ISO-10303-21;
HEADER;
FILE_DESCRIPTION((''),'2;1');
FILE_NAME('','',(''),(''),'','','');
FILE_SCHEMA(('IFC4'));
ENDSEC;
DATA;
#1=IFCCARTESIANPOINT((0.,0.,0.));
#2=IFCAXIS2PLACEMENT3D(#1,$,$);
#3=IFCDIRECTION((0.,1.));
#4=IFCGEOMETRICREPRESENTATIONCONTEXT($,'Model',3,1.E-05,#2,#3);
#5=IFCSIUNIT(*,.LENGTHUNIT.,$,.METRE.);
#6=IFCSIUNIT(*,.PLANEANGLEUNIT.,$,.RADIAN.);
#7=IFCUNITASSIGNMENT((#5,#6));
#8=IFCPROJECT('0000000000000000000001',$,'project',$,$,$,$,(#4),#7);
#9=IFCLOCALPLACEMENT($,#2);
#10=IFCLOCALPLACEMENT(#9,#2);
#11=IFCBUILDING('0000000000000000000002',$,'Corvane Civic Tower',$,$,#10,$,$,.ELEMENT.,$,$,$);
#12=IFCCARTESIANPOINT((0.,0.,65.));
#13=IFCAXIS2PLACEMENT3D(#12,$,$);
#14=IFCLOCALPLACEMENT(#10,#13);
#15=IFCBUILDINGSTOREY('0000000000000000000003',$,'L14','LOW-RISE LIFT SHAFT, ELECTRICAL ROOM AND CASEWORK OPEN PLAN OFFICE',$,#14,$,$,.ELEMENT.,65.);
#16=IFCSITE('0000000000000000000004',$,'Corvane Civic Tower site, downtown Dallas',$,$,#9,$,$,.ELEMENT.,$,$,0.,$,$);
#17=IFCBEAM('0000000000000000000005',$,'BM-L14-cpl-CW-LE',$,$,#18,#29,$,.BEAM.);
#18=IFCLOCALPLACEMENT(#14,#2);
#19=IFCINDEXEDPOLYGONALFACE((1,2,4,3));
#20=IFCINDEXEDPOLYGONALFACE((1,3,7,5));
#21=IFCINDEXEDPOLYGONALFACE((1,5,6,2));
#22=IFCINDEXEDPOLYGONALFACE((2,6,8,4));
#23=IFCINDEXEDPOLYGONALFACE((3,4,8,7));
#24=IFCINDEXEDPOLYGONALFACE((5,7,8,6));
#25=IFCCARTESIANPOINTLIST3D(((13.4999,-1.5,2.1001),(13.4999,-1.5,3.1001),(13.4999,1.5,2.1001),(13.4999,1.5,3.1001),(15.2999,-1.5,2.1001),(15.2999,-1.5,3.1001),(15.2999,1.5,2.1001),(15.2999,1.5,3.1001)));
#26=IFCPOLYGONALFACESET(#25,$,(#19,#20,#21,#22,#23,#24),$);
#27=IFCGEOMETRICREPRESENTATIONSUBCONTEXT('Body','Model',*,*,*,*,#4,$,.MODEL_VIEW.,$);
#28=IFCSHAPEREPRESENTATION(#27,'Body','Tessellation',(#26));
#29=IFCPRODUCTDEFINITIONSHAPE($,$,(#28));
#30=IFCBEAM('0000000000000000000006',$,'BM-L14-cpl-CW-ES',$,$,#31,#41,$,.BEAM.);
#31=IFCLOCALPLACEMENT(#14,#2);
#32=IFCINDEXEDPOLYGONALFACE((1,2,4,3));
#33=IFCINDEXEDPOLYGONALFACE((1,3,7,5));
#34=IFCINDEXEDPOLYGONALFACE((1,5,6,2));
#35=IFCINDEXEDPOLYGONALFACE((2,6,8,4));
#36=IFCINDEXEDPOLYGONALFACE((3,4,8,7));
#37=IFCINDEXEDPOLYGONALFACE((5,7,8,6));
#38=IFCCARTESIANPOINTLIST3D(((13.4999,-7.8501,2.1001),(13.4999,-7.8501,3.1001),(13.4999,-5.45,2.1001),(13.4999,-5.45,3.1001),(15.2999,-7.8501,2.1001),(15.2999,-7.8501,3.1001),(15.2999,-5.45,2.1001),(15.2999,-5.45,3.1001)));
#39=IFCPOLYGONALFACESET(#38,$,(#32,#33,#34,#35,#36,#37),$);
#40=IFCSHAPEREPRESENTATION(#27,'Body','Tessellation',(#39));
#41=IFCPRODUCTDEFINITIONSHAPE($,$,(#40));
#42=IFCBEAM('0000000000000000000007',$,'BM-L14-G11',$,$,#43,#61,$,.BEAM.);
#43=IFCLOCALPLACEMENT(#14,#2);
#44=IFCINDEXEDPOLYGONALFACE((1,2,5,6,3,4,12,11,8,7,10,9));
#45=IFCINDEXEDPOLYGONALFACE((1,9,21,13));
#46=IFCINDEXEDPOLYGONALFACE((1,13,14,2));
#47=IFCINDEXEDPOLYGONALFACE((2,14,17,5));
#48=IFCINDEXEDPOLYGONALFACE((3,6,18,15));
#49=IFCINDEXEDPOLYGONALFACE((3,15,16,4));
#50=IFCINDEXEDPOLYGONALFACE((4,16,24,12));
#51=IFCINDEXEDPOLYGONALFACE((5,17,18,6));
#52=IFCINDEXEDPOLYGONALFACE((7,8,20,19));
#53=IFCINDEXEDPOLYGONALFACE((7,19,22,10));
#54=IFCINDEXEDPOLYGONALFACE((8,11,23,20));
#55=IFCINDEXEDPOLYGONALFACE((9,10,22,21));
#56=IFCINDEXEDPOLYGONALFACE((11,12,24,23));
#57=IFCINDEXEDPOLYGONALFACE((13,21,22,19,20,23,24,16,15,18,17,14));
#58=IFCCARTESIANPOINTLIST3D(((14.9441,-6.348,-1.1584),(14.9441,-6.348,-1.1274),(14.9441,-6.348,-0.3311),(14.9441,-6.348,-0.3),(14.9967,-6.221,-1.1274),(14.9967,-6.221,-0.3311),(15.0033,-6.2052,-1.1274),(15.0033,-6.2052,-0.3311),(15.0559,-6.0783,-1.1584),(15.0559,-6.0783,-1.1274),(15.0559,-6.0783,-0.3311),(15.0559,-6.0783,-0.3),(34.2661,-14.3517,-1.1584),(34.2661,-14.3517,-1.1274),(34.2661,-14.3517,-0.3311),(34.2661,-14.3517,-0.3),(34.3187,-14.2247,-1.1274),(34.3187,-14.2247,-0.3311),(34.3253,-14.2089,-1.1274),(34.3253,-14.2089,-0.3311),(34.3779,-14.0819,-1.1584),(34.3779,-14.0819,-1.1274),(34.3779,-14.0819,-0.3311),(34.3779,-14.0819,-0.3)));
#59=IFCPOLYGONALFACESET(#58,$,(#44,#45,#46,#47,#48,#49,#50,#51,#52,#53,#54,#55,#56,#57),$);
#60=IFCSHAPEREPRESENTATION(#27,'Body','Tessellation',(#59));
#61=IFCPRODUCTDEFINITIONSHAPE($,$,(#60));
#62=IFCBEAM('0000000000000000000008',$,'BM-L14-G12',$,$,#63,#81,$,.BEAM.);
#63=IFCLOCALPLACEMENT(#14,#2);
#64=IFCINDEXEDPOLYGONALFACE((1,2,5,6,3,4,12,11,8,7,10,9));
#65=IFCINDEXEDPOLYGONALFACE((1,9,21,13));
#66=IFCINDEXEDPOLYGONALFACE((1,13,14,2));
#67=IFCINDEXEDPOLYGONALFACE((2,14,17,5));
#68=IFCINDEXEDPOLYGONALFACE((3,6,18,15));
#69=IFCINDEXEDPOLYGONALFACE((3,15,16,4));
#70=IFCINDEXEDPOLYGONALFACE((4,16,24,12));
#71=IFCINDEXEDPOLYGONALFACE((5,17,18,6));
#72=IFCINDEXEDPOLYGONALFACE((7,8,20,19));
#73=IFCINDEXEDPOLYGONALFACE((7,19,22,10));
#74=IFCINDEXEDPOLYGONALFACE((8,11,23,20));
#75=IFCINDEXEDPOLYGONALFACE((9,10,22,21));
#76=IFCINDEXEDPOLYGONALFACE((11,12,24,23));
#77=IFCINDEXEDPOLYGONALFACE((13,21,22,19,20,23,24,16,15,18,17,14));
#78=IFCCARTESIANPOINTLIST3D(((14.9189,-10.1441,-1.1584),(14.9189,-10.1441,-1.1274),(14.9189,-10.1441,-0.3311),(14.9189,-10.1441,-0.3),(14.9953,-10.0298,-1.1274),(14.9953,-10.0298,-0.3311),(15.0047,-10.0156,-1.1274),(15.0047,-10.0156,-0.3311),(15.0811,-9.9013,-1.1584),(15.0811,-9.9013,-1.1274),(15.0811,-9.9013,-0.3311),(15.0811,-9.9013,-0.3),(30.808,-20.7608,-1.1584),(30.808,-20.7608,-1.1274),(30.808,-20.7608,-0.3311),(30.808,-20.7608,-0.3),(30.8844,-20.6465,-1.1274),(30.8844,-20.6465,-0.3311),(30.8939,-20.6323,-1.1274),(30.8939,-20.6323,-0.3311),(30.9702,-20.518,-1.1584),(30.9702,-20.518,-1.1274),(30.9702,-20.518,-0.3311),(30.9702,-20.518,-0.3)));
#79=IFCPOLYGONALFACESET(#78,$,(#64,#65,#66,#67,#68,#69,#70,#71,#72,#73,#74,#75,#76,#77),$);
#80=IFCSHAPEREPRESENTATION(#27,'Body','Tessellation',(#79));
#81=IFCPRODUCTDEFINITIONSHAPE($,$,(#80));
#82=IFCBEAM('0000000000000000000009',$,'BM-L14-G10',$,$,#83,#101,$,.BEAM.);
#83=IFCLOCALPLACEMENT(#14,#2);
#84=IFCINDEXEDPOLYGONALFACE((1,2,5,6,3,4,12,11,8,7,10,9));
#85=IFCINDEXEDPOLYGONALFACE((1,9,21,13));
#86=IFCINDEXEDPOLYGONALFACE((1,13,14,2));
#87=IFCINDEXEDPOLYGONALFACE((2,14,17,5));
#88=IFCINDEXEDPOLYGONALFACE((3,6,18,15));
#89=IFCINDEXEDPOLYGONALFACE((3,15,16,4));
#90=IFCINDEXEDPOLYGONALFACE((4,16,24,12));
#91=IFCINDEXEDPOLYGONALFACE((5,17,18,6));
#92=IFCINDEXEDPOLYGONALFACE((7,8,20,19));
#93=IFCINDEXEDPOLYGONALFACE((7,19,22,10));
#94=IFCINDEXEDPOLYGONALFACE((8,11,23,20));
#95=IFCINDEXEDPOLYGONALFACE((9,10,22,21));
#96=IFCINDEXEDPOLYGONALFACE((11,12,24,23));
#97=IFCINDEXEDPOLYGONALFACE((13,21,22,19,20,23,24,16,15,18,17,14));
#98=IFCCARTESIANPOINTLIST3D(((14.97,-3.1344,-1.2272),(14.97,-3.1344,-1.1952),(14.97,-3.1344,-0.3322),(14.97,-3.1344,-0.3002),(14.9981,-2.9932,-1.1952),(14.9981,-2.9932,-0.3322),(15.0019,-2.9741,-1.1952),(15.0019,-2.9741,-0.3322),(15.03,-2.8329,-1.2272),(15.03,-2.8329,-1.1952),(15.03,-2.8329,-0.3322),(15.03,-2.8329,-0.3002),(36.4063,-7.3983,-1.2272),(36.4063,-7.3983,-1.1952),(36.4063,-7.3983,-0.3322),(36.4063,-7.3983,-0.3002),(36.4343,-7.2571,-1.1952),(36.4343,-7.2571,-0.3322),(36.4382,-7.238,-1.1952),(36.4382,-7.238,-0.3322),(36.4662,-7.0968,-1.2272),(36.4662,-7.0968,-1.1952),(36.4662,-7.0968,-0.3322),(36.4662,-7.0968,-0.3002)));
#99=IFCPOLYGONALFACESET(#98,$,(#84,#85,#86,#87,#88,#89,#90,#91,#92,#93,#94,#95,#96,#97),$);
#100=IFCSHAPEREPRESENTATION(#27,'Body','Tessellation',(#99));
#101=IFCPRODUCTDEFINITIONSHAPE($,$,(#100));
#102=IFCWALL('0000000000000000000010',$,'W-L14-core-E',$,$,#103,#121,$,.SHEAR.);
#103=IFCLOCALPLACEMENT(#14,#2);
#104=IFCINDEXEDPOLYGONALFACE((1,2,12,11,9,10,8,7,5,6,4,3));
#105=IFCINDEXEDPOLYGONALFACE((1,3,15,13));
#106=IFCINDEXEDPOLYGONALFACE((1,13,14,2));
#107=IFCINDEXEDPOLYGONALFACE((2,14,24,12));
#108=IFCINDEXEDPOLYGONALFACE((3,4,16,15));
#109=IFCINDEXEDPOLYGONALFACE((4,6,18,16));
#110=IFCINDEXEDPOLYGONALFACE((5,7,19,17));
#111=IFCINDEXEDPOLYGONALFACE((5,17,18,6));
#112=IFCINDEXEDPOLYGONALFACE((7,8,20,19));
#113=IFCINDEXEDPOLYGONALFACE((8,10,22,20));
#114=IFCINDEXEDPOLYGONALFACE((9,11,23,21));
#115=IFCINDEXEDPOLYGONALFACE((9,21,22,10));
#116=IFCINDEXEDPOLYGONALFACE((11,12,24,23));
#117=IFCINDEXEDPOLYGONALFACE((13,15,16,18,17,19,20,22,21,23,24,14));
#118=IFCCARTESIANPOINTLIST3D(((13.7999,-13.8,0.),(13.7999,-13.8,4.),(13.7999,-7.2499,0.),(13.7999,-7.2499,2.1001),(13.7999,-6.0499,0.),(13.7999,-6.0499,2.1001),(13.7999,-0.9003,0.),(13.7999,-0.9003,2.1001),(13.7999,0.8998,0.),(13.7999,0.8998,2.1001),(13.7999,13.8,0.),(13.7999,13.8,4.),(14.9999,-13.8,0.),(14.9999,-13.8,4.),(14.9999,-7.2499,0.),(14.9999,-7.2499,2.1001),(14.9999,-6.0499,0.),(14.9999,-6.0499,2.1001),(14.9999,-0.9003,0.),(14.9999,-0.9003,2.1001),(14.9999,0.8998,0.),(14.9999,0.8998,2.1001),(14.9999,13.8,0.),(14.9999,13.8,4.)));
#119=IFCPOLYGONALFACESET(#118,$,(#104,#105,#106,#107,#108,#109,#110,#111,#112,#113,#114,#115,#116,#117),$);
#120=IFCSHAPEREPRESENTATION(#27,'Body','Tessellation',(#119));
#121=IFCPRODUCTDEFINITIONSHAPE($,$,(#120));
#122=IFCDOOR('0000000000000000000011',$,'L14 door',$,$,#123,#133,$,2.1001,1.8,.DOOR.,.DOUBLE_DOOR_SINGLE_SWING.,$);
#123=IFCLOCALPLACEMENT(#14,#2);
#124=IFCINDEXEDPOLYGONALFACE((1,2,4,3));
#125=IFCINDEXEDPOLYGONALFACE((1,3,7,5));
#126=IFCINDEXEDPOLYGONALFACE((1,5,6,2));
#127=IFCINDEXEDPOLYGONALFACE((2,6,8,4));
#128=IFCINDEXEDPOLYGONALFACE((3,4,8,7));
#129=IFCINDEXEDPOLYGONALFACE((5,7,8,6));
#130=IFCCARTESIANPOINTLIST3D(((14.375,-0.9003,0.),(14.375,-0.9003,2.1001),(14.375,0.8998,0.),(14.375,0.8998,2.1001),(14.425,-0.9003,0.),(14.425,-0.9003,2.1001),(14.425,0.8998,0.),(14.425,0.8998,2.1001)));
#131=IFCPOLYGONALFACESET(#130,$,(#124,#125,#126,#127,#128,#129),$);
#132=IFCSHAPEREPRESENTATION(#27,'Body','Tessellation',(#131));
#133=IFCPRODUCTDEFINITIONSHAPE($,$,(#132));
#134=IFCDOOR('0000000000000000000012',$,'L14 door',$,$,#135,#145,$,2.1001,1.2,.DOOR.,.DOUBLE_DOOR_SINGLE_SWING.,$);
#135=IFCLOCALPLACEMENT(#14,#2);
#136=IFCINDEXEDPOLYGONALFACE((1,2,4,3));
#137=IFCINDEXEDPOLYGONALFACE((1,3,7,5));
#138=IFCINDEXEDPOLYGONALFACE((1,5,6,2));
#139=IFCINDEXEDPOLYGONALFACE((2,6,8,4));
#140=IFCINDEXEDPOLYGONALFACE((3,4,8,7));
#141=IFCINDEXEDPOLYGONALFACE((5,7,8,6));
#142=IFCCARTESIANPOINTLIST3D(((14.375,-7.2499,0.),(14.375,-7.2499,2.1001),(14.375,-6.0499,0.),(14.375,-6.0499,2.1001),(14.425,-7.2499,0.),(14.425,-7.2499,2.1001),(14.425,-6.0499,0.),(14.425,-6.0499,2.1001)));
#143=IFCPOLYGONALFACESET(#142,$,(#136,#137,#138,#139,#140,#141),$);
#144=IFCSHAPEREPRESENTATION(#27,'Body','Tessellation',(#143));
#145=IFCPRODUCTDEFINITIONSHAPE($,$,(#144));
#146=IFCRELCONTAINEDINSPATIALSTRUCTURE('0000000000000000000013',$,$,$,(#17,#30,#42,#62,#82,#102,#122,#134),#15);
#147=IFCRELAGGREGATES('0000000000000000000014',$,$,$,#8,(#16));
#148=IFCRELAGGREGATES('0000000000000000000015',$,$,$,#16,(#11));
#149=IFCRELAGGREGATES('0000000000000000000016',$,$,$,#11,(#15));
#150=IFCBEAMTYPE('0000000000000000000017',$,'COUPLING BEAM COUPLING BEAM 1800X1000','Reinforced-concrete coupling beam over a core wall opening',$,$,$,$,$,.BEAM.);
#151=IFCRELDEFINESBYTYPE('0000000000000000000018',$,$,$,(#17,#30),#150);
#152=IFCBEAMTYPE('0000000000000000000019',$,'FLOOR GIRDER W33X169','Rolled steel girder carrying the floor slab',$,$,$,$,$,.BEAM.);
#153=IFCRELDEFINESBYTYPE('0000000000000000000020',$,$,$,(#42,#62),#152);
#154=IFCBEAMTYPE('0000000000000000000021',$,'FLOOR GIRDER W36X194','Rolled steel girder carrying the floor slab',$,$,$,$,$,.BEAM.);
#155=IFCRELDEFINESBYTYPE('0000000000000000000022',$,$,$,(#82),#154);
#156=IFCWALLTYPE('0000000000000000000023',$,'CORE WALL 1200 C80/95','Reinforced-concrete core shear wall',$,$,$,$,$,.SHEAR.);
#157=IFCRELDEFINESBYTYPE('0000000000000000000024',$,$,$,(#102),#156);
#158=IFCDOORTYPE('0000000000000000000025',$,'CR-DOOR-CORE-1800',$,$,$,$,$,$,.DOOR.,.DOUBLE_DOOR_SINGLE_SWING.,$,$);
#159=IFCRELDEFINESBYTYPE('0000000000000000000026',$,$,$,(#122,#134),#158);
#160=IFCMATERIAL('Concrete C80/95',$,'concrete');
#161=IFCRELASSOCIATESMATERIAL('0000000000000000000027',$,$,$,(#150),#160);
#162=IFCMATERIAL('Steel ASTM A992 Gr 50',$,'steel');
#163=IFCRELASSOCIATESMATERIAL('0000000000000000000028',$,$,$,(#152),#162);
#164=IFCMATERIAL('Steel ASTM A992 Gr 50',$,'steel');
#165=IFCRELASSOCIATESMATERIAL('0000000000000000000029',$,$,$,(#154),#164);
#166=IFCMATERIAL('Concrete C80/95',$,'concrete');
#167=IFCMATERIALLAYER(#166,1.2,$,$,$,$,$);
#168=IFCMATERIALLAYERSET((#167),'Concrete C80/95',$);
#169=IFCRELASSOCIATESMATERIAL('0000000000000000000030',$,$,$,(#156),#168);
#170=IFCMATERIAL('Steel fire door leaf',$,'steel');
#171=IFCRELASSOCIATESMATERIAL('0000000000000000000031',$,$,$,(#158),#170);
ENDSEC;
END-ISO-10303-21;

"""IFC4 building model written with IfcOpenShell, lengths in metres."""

from ifc_helpers import new_model, si_unit, direction, frame, frame_2d, origin, origin_2d, place, context, subcontext, project, spatial, rectangle, i_section, extrude, material, layer, layer_set, material_profile, profile_set, type_object, element, fill, save


model = new_model("IFC4")

# Units and contexts
model_context = context("Model", 3, precision=1e-05, world=origin(), true_north=direction((0.0, 1.0)))
body_context = subcontext(model_context, "Body", "Model", "MODEL_VIEW")
ifc_project = project(units=[si_unit("LENGTHUNIT", "METRE"), si_unit("PLANEANGLEUNIT", "RADIAN")], contexts=[model_context])

# Site, building, storey
site_placement = place(None, origin())
site = spatial("IfcSite", under=ifc_project, at=site_placement, Name="Corvane Civic Tower site, downtown Dallas", CompositionType="ELEMENT", RefElevation=0.0)
building_placement = place(site_placement, origin())
building = spatial("IfcBuilding", under=site, at=building_placement, Name="Corvane Civic Tower", CompositionType="ELEMENT")
storey_placement = place(building_placement, frame((0.0, 0.0, 65.0)))
storey = spatial("IfcBuildingStorey", under=building, at=storey_placement, Name="L14", Description="LOW-RISE LIFT SHAFT, ELECTRICAL ROOM AND CASEWORK OPEN PLAN OFFICE", CompositionType="ELEMENT", Elevation=65.0)

# Beams
ifc_material_1 = material(Name="Concrete C80/95", Category="concrete")
ifc_material_profile_1 = material_profile(ifc_material_1, rectangle(XDim=1.8, YDim=1.0, at=origin_2d()), Name="COUPLING BEAM 1800X1000")
ifc_profile_set_1 = profile_set([ifc_material_profile_1], Name="Concrete C80/95")
beam_type_1 = type_object("IfcBeamType", Name="COUPLING BEAM COUPLING BEAM 1800X1000", Description="Reinforced-concrete coupling beam over a core wall opening", PredefinedType="BEAM", material=ifc_profile_set_1)
beam_1_placement = place(storey_placement, frame((14.3999, -1.5, 2.6001), z_axis=(0.0, 1.0, 0.0), x_axis=(-1.0, 0.0, 0.0)))
element("IfcBeam", 1, at=beam_1_placement, inside=storey, type_object=beam_type_1, Name="BM-L14-cpl-CW-LE", PredefinedType="BEAM", context=body_context, shape_type="SweptSolid", body=[
    extrude(rectangle(XDim=1.8, YDim=1.0, at=origin_2d()), origin(), (0.0, 0.0, 1.0), 3.0),
])
beam_2_placement = place(storey_placement, frame((14.3999, -7.8501, 2.6001), z_axis=(0.0, 1.0, 0.0), x_axis=(-1.0, 0.0, 0.0)))
element("IfcBeam", 2, at=beam_2_placement, inside=storey, type_object=beam_type_1, Name="BM-L14-cpl-CW-ES", PredefinedType="BEAM", context=body_context, shape_type="SweptSolid", body=[
    extrude(rectangle(XDim=1.8, YDim=1.0, at=origin_2d()), origin(), (0.0, 0.0, 1.0), 2.4001),
])
ifc_material_2 = material(Name="Steel ASTM A992 Gr 50", Category="steel")
ifc_material_profile_2 = material_profile(ifc_material_2, i_section(OverallWidth=0.292, OverallDepth=0.8584, WebThickness=0.0171, FlangeThickness=0.031, at=origin_2d()), Name="W33X169")
ifc_profile_set_2 = profile_set([ifc_material_profile_2], Name="Steel ASTM A992 Gr 50")
beam_type_2 = type_object("IfcBeamType", Name="FLOOR GIRDER W33X169", Description="Rolled steel girder carrying the floor slab", PredefinedType="BEAM", material=ifc_profile_set_2)
beam_3_placement = place(storey_placement, frame((15.0, -6.2131, -0.7292), z_axis=(0.923876, -0.382692, 0.0), x_axis=(0.382692, 0.923876, 0.0)))
element("IfcBeam", 3, at=beam_3_placement, inside=storey, type_object=beam_type_2, Name="BM-L14-G11", PredefinedType="BEAM", context=body_context, shape_type="SweptSolid", body=[
    extrude(i_section(OverallWidth=0.292, OverallDepth=0.8584, WebThickness=0.0171, FlangeThickness=0.031, at=origin_2d()), origin(), (0.0, 0.0, 1.0), 20.9141),
])
beam_4_placement = place(storey_placement, frame((15.0, -10.0227, -0.7292), z_axis=(0.831472, -0.555567, 0.0), x_axis=(0.555567, 0.831472, 0.0)))
element("IfcBeam", 4, at=beam_4_placement, inside=storey, type_object=beam_type_2, Name="BM-L14-G12", PredefinedType="BEAM", context=body_context, shape_type="SweptSolid", body=[
    extrude(i_section(OverallWidth=0.292, OverallDepth=0.8584, WebThickness=0.0171, FlangeThickness=0.031, at=origin_2d()), origin(), (0.0, 0.0, 1.0), 19.1096),
])
ifc_material_3 = material(Name="Steel ASTM A992 Gr 50", Category="steel")
ifc_material_profile_3 = material_profile(ifc_material_3, i_section(OverallWidth=0.3074, OverallDepth=0.927, WebThickness=0.0195, FlangeThickness=0.032, at=origin_2d()), Name="W36X194")
ifc_profile_set_3 = profile_set([ifc_material_profile_3], Name="Steel ASTM A992 Gr 50")
beam_type_3 = type_object("IfcBeamType", Name="FLOOR GIRDER W36X194", Description="Rolled steel girder carrying the floor slab", PredefinedType="BEAM", material=ifc_profile_set_3)
beam_5_placement = place(storey_placement, frame((15.0, -2.9836, -0.7637), z_axis=(0.980785, -0.195089, 0.0), x_axis=(0.195089, 0.980785, 0.0)))
element("IfcBeam", 5, at=beam_5_placement, inside=storey, type_object=beam_type_3, Name="BM-L14-G10", PredefinedType="BEAM", context=body_context, shape_type="SweptSolid", body=[
    extrude(i_section(OverallWidth=0.3074, OverallDepth=0.927, WebThickness=0.0195, FlangeThickness=0.032, at=origin_2d()), origin(), (0.0, 0.0, 1.0), 21.8562),
])

# Wall, openings, doors
ifc_material_4 = material(Name="Concrete C80/95", Category="concrete")
ifc_layer_1 = layer(ifc_material_4, 1.2)
ifc_layer_set_1 = layer_set([ifc_layer_1], Name="Concrete C80/95")
wall_type_1 = type_object("IfcWallType", Name="CORE WALL 1200 C80/95", Description="Reinforced-concrete core shear wall", PredefinedType="SHEAR", material=ifc_layer_set_1)
wall_1_placement = place(storey_placement, frame((14.3999, -13.8, 0.0), z_axis=(0.0, 0.0, 1.0), x_axis=(0.0, 1.0, 0.0)))
wall_1 = element("IfcWall", 6, at=wall_1_placement, inside=storey, type_object=wall_type_1, Name="W-L14-core-E", PredefinedType="SHEAR", context=body_context, shape_type="SweptSolid", body=[
    extrude(rectangle(XDim=27.6001, YDim=1.2, at=frame_2d((13.8, 0.0))), origin(), (0.0, 0.0, 1.0), 4.0),
])
opening_1_placement = place(wall_1_placement, frame((12.8999, 0.0, 0.0)))
opening_1 = element("IfcOpeningElement", 7, at=opening_1_placement, cuts=wall_1, PredefinedType="OPENING", context=body_context, shape_type="SweptSolid", body=[
    extrude(rectangle(XDim=1.8, YDim=2.1001, at=frame_2d((0.8999, 1.05))), frame((0.0, 0.6099, 0.0), z_axis=(0.0, -1.0, 0.0), x_axis=(1.0, 0.0, 0.0)), (0.0, 0.0, 1.0), 1.22),
])
opening_2_placement = place(wall_1_placement, frame((6.55, 0.0, 0.0)))
opening_2 = element("IfcOpeningElement", 8, at=opening_2_placement, cuts=wall_1, PredefinedType="OPENING", context=body_context, shape_type="SweptSolid", body=[
    extrude(rectangle(XDim=1.2, YDim=2.1001, at=frame_2d((0.6001, 1.05))), frame((0.0, 0.6099, 0.0), z_axis=(0.0, -1.0, 0.0), x_axis=(1.0, 0.0, 0.0)), (0.0, 0.0, 1.0), 1.22),
])
ifc_material_5 = material(Name="Steel fire door leaf", Category="steel")
door_type_1 = type_object("IfcDoorType", Name="CR-DOOR-CORE-1800", OperationType="DOUBLE_DOOR_SINGLE_SWING", PredefinedType="DOOR", material=ifc_material_5)
door_1_placement = place(opening_1_placement, origin())
door_1 = element("IfcDoor", 9, at=door_1_placement, inside=storey, type_object=door_type_1, Name="L14 door", OperationType="DOUBLE_DOOR_SINGLE_SWING", OverallHeight=2.1001, OverallWidth=1.8, PredefinedType="DOOR", context=body_context, shape_type="SweptSolid", body=[
    extrude(rectangle(XDim=1.8, YDim=2.1001, at=frame_2d((0.8999, 1.05))), frame((0.0, 0.0249, 0.0), z_axis=(0.0, -1.0, 0.0), x_axis=(1.0, 0.0, 0.0)), (0.0, 0.0, 1.0), 0.05),
])
fill(opening_1, door_1)
door_2_placement = place(opening_2_placement, origin())
door_2 = element("IfcDoor", 10, at=door_2_placement, inside=storey, type_object=door_type_1, Name="L14 door", OperationType="DOUBLE_DOOR_SINGLE_SWING", OverallHeight=2.1001, OverallWidth=1.2, PredefinedType="DOOR", context=body_context, shape_type="SweptSolid", body=[
    extrude(rectangle(XDim=1.2, YDim=2.1001, at=frame_2d((0.6001, 1.05))), frame((0.0, 0.0249, 0.0), z_axis=(0.0, -1.0, 0.0), x_axis=(1.0, 0.0, 0.0)), (0.0, 0.0, 1.0), 0.05),
])
fill(opening_2, door_2)

save(model, "model.ifc")
